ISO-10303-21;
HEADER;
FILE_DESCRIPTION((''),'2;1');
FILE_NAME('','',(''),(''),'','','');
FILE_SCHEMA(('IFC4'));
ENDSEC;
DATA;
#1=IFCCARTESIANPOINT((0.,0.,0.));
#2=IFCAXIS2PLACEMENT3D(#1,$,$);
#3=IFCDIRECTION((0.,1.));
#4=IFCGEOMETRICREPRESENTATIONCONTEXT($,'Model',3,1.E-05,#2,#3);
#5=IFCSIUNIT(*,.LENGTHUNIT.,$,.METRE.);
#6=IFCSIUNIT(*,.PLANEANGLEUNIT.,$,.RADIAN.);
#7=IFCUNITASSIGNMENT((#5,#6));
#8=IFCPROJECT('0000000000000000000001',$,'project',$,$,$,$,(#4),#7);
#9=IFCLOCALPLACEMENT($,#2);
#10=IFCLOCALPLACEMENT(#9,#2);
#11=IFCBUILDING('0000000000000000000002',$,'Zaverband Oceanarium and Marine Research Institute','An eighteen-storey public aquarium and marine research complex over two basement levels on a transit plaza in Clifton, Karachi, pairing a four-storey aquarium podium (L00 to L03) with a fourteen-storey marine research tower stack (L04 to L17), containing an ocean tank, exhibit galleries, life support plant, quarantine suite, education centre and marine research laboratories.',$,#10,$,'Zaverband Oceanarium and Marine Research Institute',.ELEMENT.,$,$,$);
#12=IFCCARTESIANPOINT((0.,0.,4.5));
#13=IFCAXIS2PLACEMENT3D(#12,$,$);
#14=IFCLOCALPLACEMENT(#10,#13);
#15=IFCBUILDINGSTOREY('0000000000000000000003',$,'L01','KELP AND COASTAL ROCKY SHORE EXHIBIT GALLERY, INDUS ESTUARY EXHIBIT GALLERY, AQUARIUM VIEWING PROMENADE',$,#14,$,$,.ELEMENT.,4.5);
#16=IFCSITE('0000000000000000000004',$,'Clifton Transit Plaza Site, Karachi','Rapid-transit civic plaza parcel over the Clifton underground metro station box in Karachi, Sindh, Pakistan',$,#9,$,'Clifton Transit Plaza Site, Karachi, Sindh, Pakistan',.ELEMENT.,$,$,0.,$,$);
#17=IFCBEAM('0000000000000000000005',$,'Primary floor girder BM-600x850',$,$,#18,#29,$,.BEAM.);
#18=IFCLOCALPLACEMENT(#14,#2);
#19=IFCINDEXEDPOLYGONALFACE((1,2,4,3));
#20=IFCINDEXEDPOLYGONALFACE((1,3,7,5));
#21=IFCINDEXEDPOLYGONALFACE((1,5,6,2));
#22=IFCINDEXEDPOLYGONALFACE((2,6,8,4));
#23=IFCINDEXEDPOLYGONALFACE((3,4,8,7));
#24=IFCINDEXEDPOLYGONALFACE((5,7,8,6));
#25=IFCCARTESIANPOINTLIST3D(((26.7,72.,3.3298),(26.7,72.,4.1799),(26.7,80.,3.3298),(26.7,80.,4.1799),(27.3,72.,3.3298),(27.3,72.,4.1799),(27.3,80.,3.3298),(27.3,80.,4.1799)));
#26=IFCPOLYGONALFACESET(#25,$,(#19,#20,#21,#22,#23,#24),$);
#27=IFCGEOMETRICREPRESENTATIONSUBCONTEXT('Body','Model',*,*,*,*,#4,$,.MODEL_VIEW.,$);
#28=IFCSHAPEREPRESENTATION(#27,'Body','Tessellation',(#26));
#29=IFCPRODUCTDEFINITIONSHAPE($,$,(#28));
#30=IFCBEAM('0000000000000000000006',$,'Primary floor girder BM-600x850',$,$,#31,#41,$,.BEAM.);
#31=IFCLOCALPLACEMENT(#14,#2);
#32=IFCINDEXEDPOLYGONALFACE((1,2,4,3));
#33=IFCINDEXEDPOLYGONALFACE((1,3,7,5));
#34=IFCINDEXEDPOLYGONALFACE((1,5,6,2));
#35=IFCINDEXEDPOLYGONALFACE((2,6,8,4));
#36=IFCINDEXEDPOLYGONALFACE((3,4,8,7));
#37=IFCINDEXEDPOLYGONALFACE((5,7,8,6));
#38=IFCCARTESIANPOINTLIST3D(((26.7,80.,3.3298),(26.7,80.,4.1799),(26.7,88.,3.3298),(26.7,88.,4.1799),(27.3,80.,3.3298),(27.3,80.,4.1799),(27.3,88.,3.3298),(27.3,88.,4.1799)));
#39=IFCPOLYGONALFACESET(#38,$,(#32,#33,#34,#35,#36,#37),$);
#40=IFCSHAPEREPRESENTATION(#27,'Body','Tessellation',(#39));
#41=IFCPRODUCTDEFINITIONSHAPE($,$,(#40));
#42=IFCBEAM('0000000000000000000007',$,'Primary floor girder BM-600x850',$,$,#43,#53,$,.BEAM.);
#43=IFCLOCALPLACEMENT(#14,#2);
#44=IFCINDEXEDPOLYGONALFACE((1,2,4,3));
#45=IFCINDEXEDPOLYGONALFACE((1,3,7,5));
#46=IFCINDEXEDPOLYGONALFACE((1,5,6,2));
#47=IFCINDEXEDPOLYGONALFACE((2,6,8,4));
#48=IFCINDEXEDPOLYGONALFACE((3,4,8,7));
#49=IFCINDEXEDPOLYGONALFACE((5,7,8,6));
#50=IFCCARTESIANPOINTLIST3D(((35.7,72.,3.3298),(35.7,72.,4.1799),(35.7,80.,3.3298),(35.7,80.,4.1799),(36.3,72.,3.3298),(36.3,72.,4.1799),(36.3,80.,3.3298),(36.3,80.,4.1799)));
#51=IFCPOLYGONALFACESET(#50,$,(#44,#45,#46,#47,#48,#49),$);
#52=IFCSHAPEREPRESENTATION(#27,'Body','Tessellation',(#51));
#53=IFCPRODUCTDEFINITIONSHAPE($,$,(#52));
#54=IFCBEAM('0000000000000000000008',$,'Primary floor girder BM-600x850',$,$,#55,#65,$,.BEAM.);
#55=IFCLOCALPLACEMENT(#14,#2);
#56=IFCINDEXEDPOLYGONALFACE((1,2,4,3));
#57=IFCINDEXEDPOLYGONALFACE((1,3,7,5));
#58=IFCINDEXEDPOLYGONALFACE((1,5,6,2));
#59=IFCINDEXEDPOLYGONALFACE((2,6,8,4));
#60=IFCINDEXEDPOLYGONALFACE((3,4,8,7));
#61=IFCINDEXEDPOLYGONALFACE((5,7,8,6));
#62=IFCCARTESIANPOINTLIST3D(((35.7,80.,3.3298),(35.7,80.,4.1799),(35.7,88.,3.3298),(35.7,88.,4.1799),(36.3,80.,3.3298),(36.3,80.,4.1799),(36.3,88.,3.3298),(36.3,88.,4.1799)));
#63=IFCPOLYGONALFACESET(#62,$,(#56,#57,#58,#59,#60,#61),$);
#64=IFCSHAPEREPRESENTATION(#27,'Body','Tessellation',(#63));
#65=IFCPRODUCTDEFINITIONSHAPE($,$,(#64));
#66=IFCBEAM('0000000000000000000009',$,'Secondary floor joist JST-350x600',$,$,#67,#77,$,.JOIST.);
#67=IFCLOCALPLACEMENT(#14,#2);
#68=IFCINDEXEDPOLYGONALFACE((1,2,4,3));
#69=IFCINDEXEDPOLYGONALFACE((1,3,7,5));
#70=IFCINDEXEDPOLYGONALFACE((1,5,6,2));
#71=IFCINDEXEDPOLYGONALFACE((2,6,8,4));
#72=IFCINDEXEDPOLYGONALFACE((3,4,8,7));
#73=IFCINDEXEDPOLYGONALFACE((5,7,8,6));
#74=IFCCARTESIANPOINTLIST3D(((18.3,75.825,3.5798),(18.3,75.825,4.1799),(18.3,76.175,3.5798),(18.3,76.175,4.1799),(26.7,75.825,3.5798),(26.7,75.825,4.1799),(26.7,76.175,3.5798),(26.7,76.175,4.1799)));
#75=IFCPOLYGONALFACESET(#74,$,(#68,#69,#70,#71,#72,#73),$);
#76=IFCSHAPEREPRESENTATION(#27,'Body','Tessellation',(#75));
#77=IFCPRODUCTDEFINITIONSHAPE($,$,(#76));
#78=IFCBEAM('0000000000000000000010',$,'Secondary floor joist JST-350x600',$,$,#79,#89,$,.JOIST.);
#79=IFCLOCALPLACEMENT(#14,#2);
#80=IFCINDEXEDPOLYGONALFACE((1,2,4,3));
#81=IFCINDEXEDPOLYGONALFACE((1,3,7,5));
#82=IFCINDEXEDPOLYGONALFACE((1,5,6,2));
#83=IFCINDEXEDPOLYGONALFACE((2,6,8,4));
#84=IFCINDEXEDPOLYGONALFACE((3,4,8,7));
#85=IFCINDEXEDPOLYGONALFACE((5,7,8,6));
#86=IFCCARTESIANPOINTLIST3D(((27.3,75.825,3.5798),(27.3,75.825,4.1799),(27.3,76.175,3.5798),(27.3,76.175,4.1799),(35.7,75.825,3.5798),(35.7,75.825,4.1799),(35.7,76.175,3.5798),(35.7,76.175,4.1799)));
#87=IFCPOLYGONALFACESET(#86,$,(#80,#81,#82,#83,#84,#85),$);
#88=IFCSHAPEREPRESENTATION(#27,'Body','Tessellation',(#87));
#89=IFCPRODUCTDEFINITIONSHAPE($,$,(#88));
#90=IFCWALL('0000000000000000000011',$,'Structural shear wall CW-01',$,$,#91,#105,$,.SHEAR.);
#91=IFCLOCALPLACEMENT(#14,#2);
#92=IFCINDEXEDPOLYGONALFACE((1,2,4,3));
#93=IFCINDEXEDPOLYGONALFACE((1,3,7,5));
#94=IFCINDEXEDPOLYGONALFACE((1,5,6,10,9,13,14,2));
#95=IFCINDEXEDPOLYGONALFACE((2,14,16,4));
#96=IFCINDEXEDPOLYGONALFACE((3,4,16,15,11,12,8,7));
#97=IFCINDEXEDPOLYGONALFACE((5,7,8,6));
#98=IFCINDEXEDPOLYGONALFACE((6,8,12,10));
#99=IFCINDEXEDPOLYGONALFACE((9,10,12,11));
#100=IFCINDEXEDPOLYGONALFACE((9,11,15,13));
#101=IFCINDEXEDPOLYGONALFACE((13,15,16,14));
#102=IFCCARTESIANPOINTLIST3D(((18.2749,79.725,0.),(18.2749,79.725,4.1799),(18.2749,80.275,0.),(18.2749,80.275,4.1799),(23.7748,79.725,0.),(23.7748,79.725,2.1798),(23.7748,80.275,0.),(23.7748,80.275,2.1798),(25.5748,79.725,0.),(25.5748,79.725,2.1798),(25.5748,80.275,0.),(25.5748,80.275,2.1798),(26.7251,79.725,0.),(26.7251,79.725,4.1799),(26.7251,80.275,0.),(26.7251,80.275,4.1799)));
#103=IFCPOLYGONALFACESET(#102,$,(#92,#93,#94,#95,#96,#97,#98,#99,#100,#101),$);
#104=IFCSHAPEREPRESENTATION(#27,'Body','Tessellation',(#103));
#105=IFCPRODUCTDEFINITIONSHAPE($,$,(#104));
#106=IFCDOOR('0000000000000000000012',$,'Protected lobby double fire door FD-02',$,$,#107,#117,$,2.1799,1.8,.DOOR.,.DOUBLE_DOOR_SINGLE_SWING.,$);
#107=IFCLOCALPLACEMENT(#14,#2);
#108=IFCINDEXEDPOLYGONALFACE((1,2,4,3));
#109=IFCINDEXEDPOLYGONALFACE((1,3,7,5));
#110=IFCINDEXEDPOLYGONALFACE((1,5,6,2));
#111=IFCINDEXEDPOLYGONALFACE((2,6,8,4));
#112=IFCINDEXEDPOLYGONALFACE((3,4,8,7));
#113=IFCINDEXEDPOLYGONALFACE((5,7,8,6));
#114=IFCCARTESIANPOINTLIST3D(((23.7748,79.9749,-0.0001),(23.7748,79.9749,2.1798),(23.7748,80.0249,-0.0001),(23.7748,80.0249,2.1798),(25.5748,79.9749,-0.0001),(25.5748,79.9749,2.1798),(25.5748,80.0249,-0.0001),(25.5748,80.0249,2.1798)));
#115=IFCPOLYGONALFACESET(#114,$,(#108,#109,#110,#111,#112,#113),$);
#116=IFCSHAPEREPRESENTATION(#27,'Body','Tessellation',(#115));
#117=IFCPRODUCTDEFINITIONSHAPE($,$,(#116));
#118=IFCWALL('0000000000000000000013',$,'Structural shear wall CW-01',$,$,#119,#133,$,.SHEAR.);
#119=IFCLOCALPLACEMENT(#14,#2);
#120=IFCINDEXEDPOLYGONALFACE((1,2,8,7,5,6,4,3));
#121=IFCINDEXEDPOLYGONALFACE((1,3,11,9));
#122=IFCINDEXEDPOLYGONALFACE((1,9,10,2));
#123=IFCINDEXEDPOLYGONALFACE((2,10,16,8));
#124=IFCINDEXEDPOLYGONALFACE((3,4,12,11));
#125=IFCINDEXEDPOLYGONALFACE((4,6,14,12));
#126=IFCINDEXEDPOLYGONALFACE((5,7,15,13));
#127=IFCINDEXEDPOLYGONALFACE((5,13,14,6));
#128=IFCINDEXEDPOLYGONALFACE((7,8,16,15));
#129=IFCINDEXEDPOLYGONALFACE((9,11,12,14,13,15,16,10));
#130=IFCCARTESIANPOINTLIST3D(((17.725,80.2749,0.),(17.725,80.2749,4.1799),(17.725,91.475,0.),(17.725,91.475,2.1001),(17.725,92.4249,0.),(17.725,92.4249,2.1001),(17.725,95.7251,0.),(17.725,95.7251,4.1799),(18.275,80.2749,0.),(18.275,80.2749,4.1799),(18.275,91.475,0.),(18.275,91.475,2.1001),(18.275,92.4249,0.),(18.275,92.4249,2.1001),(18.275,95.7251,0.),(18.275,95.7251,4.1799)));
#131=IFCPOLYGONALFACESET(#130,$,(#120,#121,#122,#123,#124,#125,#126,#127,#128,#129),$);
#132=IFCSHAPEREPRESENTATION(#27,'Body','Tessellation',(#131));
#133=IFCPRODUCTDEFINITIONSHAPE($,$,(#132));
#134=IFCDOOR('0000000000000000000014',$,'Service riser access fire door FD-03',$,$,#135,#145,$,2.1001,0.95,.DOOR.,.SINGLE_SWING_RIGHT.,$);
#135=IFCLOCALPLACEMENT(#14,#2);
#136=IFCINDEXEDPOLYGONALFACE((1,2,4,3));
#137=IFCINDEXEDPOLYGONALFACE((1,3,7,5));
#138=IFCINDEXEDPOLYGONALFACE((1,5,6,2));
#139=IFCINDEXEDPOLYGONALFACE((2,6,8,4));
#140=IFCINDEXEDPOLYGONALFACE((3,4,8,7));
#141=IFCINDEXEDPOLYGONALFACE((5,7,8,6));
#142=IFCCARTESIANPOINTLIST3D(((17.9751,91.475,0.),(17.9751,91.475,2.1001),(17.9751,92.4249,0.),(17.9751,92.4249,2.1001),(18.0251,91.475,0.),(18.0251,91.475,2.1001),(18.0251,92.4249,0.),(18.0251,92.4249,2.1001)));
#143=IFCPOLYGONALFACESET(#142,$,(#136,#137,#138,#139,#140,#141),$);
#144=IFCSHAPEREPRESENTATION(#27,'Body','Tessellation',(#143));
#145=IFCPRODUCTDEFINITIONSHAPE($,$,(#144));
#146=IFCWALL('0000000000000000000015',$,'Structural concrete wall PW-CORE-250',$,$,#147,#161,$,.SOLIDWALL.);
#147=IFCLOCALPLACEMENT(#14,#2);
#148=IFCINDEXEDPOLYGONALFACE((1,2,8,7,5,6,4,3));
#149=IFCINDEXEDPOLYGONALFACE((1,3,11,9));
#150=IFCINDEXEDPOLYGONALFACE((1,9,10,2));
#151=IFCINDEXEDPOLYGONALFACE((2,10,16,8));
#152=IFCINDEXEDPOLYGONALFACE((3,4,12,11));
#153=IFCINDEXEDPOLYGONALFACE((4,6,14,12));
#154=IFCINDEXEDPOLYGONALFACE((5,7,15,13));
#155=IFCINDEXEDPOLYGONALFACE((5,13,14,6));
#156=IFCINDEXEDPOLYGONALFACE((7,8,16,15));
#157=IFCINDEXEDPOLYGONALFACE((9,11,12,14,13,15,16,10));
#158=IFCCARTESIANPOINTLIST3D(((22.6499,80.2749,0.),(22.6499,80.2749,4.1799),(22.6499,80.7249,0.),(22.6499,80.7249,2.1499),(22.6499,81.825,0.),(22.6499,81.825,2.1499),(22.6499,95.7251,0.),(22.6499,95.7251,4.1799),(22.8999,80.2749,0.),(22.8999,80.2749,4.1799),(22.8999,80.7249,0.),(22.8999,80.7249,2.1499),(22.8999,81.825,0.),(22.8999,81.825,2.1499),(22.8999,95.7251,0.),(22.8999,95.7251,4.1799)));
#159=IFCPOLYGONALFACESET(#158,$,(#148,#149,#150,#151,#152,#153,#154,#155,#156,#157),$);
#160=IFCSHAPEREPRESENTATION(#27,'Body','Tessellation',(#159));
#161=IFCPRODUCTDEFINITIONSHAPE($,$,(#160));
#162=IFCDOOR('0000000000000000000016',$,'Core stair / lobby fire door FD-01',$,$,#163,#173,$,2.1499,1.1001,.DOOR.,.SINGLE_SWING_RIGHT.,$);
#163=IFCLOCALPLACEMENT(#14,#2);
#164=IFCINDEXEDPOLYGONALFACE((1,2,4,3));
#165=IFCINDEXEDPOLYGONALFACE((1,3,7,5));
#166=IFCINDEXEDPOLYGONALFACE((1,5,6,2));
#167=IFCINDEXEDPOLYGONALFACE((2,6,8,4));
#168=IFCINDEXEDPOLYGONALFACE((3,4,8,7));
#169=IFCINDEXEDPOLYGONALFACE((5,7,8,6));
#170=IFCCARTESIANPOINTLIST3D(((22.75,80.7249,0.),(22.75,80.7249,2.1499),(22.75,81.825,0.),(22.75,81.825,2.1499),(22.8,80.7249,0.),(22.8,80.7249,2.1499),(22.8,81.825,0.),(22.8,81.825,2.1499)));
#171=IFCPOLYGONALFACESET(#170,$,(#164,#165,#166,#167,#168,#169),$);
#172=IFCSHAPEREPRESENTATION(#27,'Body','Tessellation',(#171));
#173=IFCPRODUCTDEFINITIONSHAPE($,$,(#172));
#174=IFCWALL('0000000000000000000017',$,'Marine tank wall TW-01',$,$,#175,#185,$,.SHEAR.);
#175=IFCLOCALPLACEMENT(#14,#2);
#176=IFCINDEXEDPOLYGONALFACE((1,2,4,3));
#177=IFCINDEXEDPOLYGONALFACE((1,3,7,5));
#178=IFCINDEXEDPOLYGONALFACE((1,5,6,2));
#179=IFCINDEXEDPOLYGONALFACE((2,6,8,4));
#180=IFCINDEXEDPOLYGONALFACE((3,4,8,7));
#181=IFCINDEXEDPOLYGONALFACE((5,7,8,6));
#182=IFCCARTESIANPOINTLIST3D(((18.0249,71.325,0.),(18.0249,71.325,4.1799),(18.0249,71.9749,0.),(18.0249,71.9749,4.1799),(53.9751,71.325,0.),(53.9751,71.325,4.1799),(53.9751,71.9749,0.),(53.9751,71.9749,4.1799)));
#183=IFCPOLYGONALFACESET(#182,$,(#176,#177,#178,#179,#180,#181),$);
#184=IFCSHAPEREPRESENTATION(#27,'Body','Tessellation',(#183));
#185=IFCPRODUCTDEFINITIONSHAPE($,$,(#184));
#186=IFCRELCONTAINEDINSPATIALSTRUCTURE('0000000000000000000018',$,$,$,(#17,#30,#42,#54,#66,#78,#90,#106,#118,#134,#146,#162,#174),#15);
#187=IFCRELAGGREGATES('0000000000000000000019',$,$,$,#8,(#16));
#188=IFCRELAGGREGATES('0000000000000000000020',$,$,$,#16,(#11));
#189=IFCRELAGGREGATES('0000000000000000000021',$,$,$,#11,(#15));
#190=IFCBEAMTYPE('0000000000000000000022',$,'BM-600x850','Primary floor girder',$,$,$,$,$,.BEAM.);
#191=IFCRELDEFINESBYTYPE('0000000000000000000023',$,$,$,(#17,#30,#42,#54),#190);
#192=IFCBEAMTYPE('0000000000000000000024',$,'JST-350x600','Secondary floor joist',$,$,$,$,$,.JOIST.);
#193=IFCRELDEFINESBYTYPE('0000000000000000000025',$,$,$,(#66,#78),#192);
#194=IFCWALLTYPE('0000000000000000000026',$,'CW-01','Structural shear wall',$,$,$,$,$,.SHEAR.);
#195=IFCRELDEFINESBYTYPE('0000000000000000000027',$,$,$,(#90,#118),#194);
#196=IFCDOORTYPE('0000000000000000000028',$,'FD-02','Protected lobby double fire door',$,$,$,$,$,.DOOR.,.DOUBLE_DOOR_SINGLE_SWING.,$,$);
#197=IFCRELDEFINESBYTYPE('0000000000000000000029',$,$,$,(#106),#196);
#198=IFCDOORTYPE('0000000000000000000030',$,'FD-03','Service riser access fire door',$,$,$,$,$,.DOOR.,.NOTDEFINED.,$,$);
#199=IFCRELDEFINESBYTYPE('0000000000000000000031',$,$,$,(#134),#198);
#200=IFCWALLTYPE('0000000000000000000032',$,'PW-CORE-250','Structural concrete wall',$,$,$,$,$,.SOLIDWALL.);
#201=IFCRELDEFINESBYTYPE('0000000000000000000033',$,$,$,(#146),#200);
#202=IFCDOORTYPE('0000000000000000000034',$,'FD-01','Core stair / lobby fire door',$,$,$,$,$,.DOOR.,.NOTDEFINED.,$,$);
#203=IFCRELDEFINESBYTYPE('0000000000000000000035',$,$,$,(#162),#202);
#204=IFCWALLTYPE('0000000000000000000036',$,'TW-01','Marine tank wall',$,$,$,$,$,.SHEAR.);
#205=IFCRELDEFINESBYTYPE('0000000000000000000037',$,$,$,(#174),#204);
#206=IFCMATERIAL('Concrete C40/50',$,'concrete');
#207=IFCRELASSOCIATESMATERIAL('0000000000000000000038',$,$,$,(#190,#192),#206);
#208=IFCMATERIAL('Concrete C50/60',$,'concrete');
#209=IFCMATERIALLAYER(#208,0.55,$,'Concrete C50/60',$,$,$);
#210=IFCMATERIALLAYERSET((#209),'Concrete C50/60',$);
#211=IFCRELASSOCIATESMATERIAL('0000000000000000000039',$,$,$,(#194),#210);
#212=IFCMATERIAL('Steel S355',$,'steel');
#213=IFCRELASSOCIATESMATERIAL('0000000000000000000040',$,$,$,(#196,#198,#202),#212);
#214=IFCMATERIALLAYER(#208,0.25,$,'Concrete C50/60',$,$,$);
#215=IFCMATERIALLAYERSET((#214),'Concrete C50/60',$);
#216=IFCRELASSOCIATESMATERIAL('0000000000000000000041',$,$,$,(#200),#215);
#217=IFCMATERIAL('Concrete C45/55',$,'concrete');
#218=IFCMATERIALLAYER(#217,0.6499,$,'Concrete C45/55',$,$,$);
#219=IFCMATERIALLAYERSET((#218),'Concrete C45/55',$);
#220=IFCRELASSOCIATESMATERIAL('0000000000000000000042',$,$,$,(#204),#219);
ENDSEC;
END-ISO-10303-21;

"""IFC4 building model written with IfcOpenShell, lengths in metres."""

from ifc_helpers import new_model, si_unit, direction, frame, frame_2d, origin, origin_2d, place, context, subcontext, project, spatial, rectangle, extrude, material, layer, layer_set, material_profile, profile_set, type_object, element, fill, save


model = new_model("IFC4")

# Units and contexts
model_context = context("Model", 3, precision=1e-05, world=origin(), true_north=direction((0.0, 1.0)))
body_context = subcontext(model_context, "Body", "Model", "MODEL_VIEW")
ifc_project = project(units=[si_unit("LENGTHUNIT", "METRE"), si_unit("PLANEANGLEUNIT", "RADIAN")], contexts=[model_context])

# Site, building, storey
site_placement = place(None, origin())
site = spatial("IfcSite", under=ifc_project, at=site_placement, Name="Clifton Transit Plaza Site, Karachi", Description="Rapid-transit civic plaza parcel over the Clifton underground metro station box in Karachi, Sindh, Pakistan", LongName="Clifton Transit Plaza Site, Karachi, Sindh, Pakistan", CompositionType="ELEMENT", RefElevation=0.0)
building_placement = place(site_placement, origin())
building = spatial("IfcBuilding", under=site, at=building_placement, Name="Zaverband Oceanarium and Marine Research Institute", Description="An eighteen-storey public aquarium and marine research complex over two basement levels on a transit plaza in Clifton, Karachi, pairing a four-storey aquarium podium (L00 to L03) with a fourteen-storey marine research tower stack (L04 to L17), containing an ocean tank, exhibit galleries, life support plant, quarantine suite, education centre and marine research laboratories.", LongName="Zaverband Oceanarium and Marine Research Institute", CompositionType="ELEMENT")
storey_placement = place(building_placement, frame((0.0, 0.0, 4.5)))
storey = spatial("IfcBuildingStorey", under=building, at=storey_placement, Name="L01", Description="KELP AND COASTAL ROCKY SHORE EXHIBIT GALLERY, INDUS ESTUARY EXHIBIT GALLERY, AQUARIUM VIEWING PROMENADE", CompositionType="ELEMENT", Elevation=4.5)

# Shared definitions
ifc_material_1 = material(Name="Concrete C50/60", Category="concrete")

# Beams
ifc_material_2 = material(Name="Concrete C40/50", Category="concrete")
ifc_material_profile_1 = material_profile(ifc_material_2, rectangle(XDim=0.6001, YDim=0.8501, at=origin_2d()), Name="RC600x850")
ifc_profile_set_1 = profile_set([ifc_material_profile_1], Name="Concrete C40/50")
beam_type_1 = type_object("IfcBeamType", Name="BM-600x850", Description="Primary floor girder", PredefinedType="BEAM", material=ifc_profile_set_1)
for number, where, z_axis, x_axis, name in (
    (1, (27.0, 72.0, 3.7549), (0.0, 1.0, 0.0), (-1.0, 0.0, 0.0), "Primary floor girder BM-600x850"),
    (2, (27.0, 80.0, 3.7549), (0.0, 1.0, 0.0), (-1.0, 0.0, 0.0), "Primary floor girder BM-600x850"),
    (3, (36.0, 72.0, 3.7549), (0.0, 1.0, 0.0), (-1.0, 0.0, 0.0), "Primary floor girder BM-600x850"),
    (4, (36.0, 80.0, 3.7549), (0.0, 1.0, 0.0), (-1.0, 0.0, 0.0), "Primary floor girder BM-600x850"),
):
    element("IfcBeam", number, at=place(storey_placement, frame(where, z_axis=z_axis, x_axis=x_axis)), inside=storey, type_object=beam_type_1, Name=name, PredefinedType="BEAM", context=body_context, shape_type="SweptSolid", body=[
        extrude(rectangle(XDim=0.6001, YDim=0.8501, at=origin_2d()), origin(), (0.0, 0.0, 1.0), 8.0),
    ])
ifc_material_profile_2 = material_profile(ifc_material_2, rectangle(XDim=0.3501, YDim=0.6001, at=origin_2d()), Name="RC350x600")
ifc_profile_set_2 = profile_set([ifc_material_profile_2], Name="Concrete C40/50")
beam_type_2 = type_object("IfcBeamType", Name="JST-350x600", Description="Secondary floor joist", PredefinedType="JOIST", material=ifc_profile_set_2)
for number, where, z_axis, x_axis, name in (
    (5, (18.3, 76.0, 3.8799), (1.0, 0.0, 0.0), (0.0, 1.0, 0.0), "Secondary floor joist JST-350x600"),
    (6, (27.3, 76.0, 3.8799), (1.0, 0.0, 0.0), (0.0, 1.0, 0.0), "Secondary floor joist JST-350x600"),
):
    element("IfcBeam", number, at=place(storey_placement, frame(where, z_axis=z_axis, x_axis=x_axis)), inside=storey, type_object=beam_type_2, Name=name, PredefinedType="JOIST", context=body_context, shape_type="SweptSolid", body=[
        extrude(rectangle(XDim=0.3501, YDim=0.6001, at=origin_2d()), origin(), (0.0, 0.0, 1.0), 8.3999),
    ])

# Walls, openings, doors
ifc_layer_1 = layer(ifc_material_1, 0.55, Name="Concrete C50/60")
ifc_layer_set_1 = layer_set([ifc_layer_1], Name="Concrete C50/60")
wall_type_1 = type_object("IfcWallType", Name="CW-01", Description="Structural shear wall", PredefinedType="SHEAR", material=ifc_layer_set_1)
wall_1_placement = place(storey_placement, frame((18.2749, 80.0, 0.0), z_axis=(0.0, 0.0, 1.0), x_axis=(1.0, 0.0, 0.0)))
wall_1 = element("IfcWall", 7, at=wall_1_placement, inside=storey, type_object=wall_type_1, Name="Structural shear wall CW-01", PredefinedType="SHEAR", context=body_context, shape_type="SweptSolid", body=[
    extrude(rectangle(XDim=8.4502, YDim=0.55, at=frame_2d((4.2251, 0.0))), origin(), (0.0, 0.0, 1.0), 4.1799),
])
opening_1_placement = place(wall_1_placement, frame((5.5, 0.0, 0.0)))
opening_1 = element("IfcOpeningElement", 8, at=opening_1_placement, cuts=wall_1, PredefinedType="OPENING", context=body_context, shape_type="SweptSolid", body=[
    extrude(rectangle(XDim=1.8, YDim=2.1799, at=frame_2d((0.8999, 1.0898))), frame((0.0, 0.2871, 0.0), z_axis=(0.0, -1.0, 0.0), x_axis=(1.0, 0.0, 0.0)), (0.0, 0.0, 1.0), 0.574),
])
ifc_material_3 = material(Name="Steel S355", Category="steel")
door_type_1 = type_object("IfcDoorType", Name="FD-02", Description="Protected lobby double fire door", OperationType="DOUBLE_DOOR_SINGLE_SWING", PredefinedType="DOOR", material=ifc_material_3)
door_1_placement = place(opening_1_placement, origin())
door_1 = element("IfcDoor", 9, at=door_1_placement, inside=storey, type_object=door_type_1, Name="Protected lobby double fire door FD-02", OperationType="DOUBLE_DOOR_SINGLE_SWING", OverallHeight=2.1799, OverallWidth=1.8, PredefinedType="DOOR", context=body_context, shape_type="SweptSolid", body=[
    extrude(rectangle(XDim=1.8, YDim=2.1799, at=frame_2d((0.8999, 1.0898))), frame((0.0, 0.0249, 0.0), z_axis=(0.0, -1.0, 0.0), x_axis=(1.0, 0.0, 0.0)), (0.0, 0.0, 1.0), 0.05),
])
fill(opening_1, door_1)
wall_2_placement = place(storey_placement, frame((18.0, 80.2749, 0.0), z_axis=(0.0, 0.0, 1.0), x_axis=(0.0, 1.0, 0.0)))
wall_2 = element("IfcWall", 10, at=wall_2_placement, inside=storey, type_object=wall_type_1, Name="Structural shear wall CW-01", PredefinedType="SHEAR", context=body_context, shape_type="SweptSolid", body=[
    extrude(rectangle(XDim=15.4502, YDim=0.55, at=frame_2d((7.7251, 0.0))), origin(), (0.0, 0.0, 1.0), 4.1799),
])
opening_2_placement = place(wall_2_placement, frame((11.2, 0.0, 0.0)))
opening_2 = element("IfcOpeningElement", 11, at=opening_2_placement, cuts=wall_2, PredefinedType="OPENING", context=body_context, shape_type="SweptSolid", body=[
    extrude(rectangle(XDim=0.95, YDim=2.1001, at=frame_2d((0.4751, 1.05))), frame((0.0, 0.2871, 0.0), z_axis=(0.0, -1.0, 0.0), x_axis=(1.0, 0.0, 0.0)), (0.0, 0.0, 1.0), 0.574),
])
door_type_2 = type_object("IfcDoorType", Name="FD-03", Description="Service riser access fire door", OperationType="NOTDEFINED", PredefinedType="DOOR", material=ifc_material_3)
door_2_placement = place(opening_2_placement, origin())
door_2 = element("IfcDoor", 12, at=door_2_placement, inside=storey, type_object=door_type_2, Name="Service riser access fire door FD-03", OperationType="SINGLE_SWING_RIGHT", OverallHeight=2.1001, OverallWidth=0.95, PredefinedType="DOOR", context=body_context, shape_type="SweptSolid", body=[
    extrude(rectangle(XDim=0.95, YDim=2.1001, at=frame_2d((0.4751, 1.05))), frame((0.0, 0.0249, 0.0), z_axis=(0.0, -1.0, 0.0), x_axis=(1.0, 0.0, 0.0)), (0.0, 0.0, 1.0), 0.05),
])
fill(opening_2, door_2)

# Wall, opening, door
ifc_layer_2 = layer(ifc_material_1, 0.25, Name="Concrete C50/60")
ifc_layer_set_2 = layer_set([ifc_layer_2], Name="Concrete C50/60")
wall_type_2 = type_object("IfcWallType", Name="PW-CORE-250", Description="Structural concrete wall", PredefinedType="SOLIDWALL", material=ifc_layer_set_2)
wall_3_placement = place(storey_placement, frame((22.7749, 80.2749, 0.0), z_axis=(0.0, 0.0, 1.0), x_axis=(0.0, 1.0, 0.0)))
wall_3 = element("IfcWall", 13, at=wall_3_placement, inside=storey, type_object=wall_type_2, Name="Structural concrete wall PW-CORE-250", PredefinedType="SOLIDWALL", context=body_context, shape_type="SweptSolid", body=[
    extrude(rectangle(XDim=15.4502, YDim=0.25, at=frame_2d((7.7251, 0.0))), origin(), (0.0, 0.0, 1.0), 4.1799),
])
opening_3_placement = place(wall_3_placement, frame((0.45, 0.0, 0.0)))
opening_3 = element("IfcOpeningElement", 14, at=opening_3_placement, cuts=wall_3, PredefinedType="OPENING", context=body_context, shape_type="SweptSolid", body=[
    extrude(rectangle(XDim=1.1001, YDim=2.1499, at=frame_2d((0.55, 1.075))), frame((0.0, 0.137, 0.0), z_axis=(0.0, -1.0, 0.0), x_axis=(1.0, 0.0, 0.0)), (0.0, 0.0, 1.0), 0.2739),
])
door_type_3 = type_object("IfcDoorType", Name="FD-01", Description="Core stair / lobby fire door", OperationType="NOTDEFINED", PredefinedType="DOOR", material=ifc_material_3)
door_3_placement = place(opening_3_placement, origin())
door_3 = element("IfcDoor", 15, at=door_3_placement, inside=storey, type_object=door_type_3, Name="Core stair / lobby fire door FD-01", OperationType="SINGLE_SWING_RIGHT", OverallHeight=2.1499, OverallWidth=1.1001, PredefinedType="DOOR", context=body_context, shape_type="SweptSolid", body=[
    extrude(rectangle(XDim=1.1001, YDim=2.1499, at=frame_2d((0.55, 1.075))), frame((0.0, 0.0249, 0.0), z_axis=(0.0, -1.0, 0.0), x_axis=(1.0, 0.0, 0.0)), (0.0, 0.0, 1.0), 0.05),
])
fill(opening_3, door_3)

# Wall
ifc_material_4 = material(Name="Concrete C45/55", Category="concrete")
ifc_layer_3 = layer(ifc_material_4, 0.6499, Name="Concrete C45/55")
ifc_layer_set_3 = layer_set([ifc_layer_3], Name="Concrete C45/55")
wall_type_3 = type_object("IfcWallType", Name="TW-01", Description="Marine tank wall", PredefinedType="SHEAR", material=ifc_layer_set_3)
wall_4_placement = place(storey_placement, frame((18.0249, 71.6499, 0.0), z_axis=(0.0, 0.0, 1.0), x_axis=(1.0, 0.0, 0.0)))
element("IfcWall", 16, at=wall_4_placement, inside=storey, type_object=wall_type_3, Name="Marine tank wall TW-01", PredefinedType="SHEAR", context=body_context, shape_type="SweptSolid", body=[
    extrude(rectangle(XDim=35.9502, YDim=0.6499, at=frame_2d((17.9751, 0.0))), origin(), (0.0, 0.0, 1.0), 4.1799),
])

save(model, "model.ifc")
